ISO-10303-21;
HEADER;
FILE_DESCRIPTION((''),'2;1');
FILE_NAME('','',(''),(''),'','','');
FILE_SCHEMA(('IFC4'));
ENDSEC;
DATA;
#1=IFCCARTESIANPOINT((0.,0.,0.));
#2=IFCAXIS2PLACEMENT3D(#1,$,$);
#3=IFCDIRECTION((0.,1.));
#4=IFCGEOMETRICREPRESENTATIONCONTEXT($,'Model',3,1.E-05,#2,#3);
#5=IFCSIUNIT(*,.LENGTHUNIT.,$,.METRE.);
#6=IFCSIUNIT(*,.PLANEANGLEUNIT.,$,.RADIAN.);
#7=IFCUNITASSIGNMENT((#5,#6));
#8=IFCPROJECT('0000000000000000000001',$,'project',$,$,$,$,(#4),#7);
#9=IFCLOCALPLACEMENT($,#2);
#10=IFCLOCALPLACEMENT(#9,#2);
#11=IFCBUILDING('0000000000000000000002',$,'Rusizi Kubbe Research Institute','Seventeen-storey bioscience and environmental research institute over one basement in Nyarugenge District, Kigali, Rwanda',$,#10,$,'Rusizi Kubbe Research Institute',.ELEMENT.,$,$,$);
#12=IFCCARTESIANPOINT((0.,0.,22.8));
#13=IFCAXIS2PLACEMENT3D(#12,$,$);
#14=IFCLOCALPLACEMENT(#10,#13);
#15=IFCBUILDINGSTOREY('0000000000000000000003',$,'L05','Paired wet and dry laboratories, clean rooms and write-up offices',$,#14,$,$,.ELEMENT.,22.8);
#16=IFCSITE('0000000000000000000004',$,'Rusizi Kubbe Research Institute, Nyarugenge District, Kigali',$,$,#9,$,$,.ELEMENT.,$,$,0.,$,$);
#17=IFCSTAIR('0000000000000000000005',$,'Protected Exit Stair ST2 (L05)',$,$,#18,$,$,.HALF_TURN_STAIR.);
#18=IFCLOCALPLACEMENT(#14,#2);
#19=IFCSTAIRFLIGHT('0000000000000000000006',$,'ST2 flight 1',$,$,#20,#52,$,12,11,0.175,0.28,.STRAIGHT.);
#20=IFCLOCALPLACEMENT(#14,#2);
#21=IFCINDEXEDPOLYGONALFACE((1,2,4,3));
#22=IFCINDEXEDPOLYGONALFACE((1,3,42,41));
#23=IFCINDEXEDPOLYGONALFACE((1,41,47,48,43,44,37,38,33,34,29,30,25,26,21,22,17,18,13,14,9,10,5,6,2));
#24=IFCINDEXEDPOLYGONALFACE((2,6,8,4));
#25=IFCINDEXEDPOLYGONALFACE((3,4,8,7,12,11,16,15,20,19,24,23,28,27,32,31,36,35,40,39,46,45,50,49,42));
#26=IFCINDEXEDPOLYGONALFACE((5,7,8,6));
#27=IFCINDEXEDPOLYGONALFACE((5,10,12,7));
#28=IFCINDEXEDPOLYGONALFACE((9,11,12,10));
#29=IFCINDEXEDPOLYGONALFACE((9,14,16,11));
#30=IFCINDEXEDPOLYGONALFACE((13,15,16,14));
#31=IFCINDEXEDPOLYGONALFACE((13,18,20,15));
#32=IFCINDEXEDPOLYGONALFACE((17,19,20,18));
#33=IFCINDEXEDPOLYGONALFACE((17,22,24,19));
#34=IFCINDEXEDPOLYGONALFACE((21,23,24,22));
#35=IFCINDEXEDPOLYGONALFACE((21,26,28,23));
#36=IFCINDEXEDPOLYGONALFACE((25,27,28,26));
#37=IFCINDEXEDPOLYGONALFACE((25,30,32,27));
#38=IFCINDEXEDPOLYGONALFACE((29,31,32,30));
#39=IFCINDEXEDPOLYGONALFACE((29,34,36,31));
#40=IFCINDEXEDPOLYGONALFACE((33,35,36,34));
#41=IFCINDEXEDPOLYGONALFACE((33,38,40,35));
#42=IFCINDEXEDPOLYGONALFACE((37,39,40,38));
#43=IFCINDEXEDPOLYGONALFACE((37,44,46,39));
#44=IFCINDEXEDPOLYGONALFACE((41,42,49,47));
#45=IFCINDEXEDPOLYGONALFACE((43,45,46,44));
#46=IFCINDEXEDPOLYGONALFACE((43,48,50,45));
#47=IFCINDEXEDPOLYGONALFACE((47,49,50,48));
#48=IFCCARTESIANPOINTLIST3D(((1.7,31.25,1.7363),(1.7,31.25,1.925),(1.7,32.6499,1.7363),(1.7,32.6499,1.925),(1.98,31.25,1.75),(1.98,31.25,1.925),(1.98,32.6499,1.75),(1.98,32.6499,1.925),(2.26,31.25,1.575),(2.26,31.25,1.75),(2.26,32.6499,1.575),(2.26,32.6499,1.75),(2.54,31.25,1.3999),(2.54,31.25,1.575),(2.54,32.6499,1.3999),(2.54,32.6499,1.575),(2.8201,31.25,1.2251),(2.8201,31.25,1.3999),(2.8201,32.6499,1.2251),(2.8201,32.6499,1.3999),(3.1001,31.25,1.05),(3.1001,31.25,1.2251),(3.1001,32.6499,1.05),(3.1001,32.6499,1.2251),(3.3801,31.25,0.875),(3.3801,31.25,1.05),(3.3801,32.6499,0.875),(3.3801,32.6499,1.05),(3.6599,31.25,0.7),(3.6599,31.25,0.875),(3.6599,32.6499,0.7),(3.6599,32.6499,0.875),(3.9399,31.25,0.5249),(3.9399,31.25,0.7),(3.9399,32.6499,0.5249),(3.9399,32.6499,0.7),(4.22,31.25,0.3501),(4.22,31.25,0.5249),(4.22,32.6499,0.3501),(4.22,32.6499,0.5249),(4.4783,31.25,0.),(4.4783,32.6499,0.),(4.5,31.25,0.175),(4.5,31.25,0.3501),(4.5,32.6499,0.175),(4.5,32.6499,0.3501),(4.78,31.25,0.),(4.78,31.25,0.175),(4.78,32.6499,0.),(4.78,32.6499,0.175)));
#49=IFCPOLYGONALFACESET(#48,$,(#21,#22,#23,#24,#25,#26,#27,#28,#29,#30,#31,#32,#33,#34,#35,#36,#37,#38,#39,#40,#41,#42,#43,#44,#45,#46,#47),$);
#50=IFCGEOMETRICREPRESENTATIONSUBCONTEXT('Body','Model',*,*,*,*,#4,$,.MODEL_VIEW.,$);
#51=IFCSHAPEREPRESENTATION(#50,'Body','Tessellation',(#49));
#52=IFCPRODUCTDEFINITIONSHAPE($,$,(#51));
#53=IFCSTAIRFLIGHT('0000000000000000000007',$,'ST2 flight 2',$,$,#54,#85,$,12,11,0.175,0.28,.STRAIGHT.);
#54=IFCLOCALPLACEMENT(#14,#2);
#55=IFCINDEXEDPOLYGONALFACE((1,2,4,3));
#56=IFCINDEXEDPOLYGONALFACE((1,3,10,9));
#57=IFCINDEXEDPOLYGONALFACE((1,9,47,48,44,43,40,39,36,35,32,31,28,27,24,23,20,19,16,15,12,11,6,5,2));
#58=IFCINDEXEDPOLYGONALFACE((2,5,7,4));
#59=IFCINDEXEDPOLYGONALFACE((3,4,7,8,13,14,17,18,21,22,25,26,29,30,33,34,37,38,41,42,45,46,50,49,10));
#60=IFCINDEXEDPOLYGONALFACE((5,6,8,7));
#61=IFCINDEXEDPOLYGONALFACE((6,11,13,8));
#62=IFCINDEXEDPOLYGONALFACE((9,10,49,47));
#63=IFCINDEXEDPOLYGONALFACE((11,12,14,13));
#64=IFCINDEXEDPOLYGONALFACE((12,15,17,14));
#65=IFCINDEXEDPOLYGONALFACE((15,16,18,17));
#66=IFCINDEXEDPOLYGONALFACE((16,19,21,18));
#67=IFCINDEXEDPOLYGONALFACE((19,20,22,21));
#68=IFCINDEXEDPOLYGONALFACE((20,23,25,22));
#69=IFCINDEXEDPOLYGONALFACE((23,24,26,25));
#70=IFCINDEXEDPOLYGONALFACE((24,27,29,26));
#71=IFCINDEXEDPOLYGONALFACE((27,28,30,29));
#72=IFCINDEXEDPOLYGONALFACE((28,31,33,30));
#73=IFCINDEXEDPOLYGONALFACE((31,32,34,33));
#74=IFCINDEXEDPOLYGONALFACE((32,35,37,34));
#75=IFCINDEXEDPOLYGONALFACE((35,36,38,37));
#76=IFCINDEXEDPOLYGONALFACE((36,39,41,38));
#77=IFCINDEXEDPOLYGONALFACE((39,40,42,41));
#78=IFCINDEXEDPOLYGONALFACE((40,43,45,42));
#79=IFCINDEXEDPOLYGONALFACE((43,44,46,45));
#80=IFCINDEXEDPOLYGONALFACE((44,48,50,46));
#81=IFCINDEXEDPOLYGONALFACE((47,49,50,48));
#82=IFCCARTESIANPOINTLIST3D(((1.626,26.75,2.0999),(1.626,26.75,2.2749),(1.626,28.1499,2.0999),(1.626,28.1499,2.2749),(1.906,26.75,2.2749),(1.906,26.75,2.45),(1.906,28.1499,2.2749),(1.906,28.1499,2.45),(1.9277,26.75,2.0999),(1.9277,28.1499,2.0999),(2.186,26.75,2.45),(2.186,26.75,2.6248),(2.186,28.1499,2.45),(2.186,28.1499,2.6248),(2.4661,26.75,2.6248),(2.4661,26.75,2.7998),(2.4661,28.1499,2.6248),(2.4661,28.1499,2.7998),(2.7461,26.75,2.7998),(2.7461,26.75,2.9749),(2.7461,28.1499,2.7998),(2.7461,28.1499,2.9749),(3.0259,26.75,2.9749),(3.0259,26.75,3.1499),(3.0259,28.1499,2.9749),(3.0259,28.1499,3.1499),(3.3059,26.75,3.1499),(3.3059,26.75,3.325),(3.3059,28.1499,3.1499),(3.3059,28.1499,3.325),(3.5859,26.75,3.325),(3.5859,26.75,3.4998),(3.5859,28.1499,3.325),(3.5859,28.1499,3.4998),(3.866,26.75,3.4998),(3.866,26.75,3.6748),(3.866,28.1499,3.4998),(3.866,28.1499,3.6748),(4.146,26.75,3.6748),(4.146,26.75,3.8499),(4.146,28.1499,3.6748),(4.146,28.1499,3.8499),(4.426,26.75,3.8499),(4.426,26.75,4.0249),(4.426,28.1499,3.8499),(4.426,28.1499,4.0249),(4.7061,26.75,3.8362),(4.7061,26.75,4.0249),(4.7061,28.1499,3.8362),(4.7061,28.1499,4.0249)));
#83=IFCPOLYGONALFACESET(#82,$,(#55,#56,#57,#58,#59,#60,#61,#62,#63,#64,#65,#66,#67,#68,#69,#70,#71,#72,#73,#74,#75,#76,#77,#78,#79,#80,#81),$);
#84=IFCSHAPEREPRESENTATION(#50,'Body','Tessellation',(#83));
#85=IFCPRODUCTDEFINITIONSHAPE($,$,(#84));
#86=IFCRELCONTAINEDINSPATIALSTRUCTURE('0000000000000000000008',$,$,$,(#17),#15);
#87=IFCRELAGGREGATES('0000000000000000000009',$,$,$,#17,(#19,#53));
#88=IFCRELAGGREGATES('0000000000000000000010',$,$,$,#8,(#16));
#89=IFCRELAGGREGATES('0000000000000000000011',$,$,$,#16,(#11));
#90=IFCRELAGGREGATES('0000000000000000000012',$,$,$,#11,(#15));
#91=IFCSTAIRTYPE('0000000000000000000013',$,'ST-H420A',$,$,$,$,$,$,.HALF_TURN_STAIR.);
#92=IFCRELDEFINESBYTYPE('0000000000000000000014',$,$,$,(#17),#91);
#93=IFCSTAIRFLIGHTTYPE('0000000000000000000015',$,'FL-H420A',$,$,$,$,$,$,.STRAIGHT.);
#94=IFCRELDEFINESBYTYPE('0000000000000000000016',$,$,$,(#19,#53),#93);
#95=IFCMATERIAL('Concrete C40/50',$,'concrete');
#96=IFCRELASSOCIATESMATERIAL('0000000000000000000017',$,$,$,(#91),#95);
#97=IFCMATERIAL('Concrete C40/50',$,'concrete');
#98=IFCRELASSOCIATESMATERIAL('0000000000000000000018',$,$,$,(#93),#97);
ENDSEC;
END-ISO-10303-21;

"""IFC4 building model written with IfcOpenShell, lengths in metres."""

from ifc_helpers import new_model, si_unit, direction, frame, origin, place, context, subcontext, project, spatial, polyline, outline, extrude, material, type_object, element, aggregate, save


model = new_model("IFC4")

# Units and contexts
model_context = context("Model", 3, precision=1e-05, world=origin(), true_north=direction((0.0, 1.0)))
body_context = subcontext(model_context, "Body", "Model", "MODEL_VIEW")
ifc_project = project(units=[si_unit("LENGTHUNIT", "METRE"), si_unit("PLANEANGLEUNIT", "RADIAN")], contexts=[model_context])

# Site, building, storey
site_placement = place(None, origin())
site = spatial("IfcSite", under=ifc_project, at=site_placement, Name="Rusizi Kubbe Research Institute, Nyarugenge District, Kigali", CompositionType="ELEMENT", RefElevation=0.0)
building_placement = place(site_placement, origin())
building = spatial("IfcBuilding", under=site, at=building_placement, Name="Rusizi Kubbe Research Institute", Description="Seventeen-storey bioscience and environmental research institute over one basement in Nyarugenge District, Kigali, Rwanda", LongName="Rusizi Kubbe Research Institute", CompositionType="ELEMENT")
storey_placement = place(building_placement, frame((0.0, 0.0, 22.8)))
storey = spatial("IfcBuildingStorey", under=building, at=storey_placement, Name="L05", Description="Paired wet and dry laboratories, clean rooms and write-up offices", CompositionType="ELEMENT", Elevation=22.8)

# Stair, stair flights
ifc_material_1 = material(Name="Concrete C40/50", Category="concrete")
stair_type = type_object("IfcStairType", Name="ST-H420A", PredefinedType="HALF_TURN_STAIR", material=ifc_material_1)
stair_placement = place(storey_placement, origin())
stair = element("IfcStair", 1, at=stair_placement, inside=storey, type_object=stair_type, Name="Protected Exit Stair ST2 (L05)", PredefinedType="HALF_TURN_STAIR")
ifc_material_2 = material(Name="Concrete C40/50", Category="concrete")
stair_flight_type = type_object("IfcStairFlightType", Name="FL-H420A", PredefinedType="STRAIGHT", material=ifc_material_2)
stair_flight_1_placement = place(storey_placement, frame((4.78, 31.95, 0.0), z_axis=(0.0, 0.0, 1.0), x_axis=(-1.0, 0.0, 0.0)))
stair_flight_1 = element("IfcStairFlight", 2, at=stair_flight_1_placement, type_object=stair_flight_type, Name="ST2 flight 1", NumberOfRisers=12, NumberOfTreads=11, PredefinedType="STRAIGHT", RiserHeight=0.175, TreadLength=0.28, context=body_context, shape_type="SweptSolid", body=[
    extrude(outline(polyline([(0.0, 0.0), (0.0, 0.175), (0.28, 0.175), (0.28, 0.3501), (0.5601, 0.3501), (0.5601, 0.5249), (0.8401, 0.5249), (0.8401, 0.7), (1.1201, 0.7), (1.1201, 0.875), (1.3999, 0.875), (1.3999, 1.05), (1.6799, 1.05), (1.6799, 1.2251), (1.96, 1.2251), (1.96, 1.3999), (2.24, 1.3999), (2.24, 1.575), (2.52, 1.575), (2.52, 1.75), (2.8, 1.75), (2.8, 1.925), (3.0801, 1.925), (3.0801, 2.1001), (3.0801, 1.7363), (0.3018, 0.0), (0.0, 0.0)])), frame((0.0, 0.7, 0.0), z_axis=(0.0, -1.0, 0.0), x_axis=(1.0, 0.0, 0.0)), (0.0, 0.0, 1.0), 1.3999),
])
stair_flight_2_placement = place(storey_placement, frame((1.626, 27.45, 2.0999), z_axis=(0.0, 0.0, 1.0), x_axis=(1.0, 0.0, 0.0)))
stair_flight_2 = element("IfcStairFlight", 3, at=stair_flight_2_placement, type_object=stair_flight_type, Name="ST2 flight 2", NumberOfRisers=12, NumberOfTreads=11, PredefinedType="STRAIGHT", RiserHeight=0.175, TreadLength=0.28, context=body_context, shape_type="SweptSolid", body=[
    extrude(outline(polyline([(0.0, 0.0), (0.0, 0.175), (0.28, 0.175), (0.28, 0.3501), (0.5601, 0.3501), (0.5601, 0.5249), (0.8401, 0.5249), (0.8401, 0.7), (1.1201, 0.7), (1.1201, 0.875), (1.3999, 0.875), (1.3999, 1.05), (1.6799, 1.05), (1.6799, 1.2251), (1.96, 1.2251), (1.96, 1.3999), (2.24, 1.3999), (2.24, 1.575), (2.52, 1.575), (2.52, 1.75), (2.8, 1.75), (2.8, 1.925), (3.0801, 1.925), (3.0801, 2.1001), (3.0801, 1.7363), (0.3018, 0.0), (0.0, 0.0)])), frame((0.0, 0.7, 0.0), z_axis=(0.0, -1.0, 0.0), x_axis=(1.0, 0.0, 0.0)), (0.0, 0.0, 1.0), 1.3999),
])
aggregate(stair, [stair_flight_1, stair_flight_2])

save(model, "model.ifc")
